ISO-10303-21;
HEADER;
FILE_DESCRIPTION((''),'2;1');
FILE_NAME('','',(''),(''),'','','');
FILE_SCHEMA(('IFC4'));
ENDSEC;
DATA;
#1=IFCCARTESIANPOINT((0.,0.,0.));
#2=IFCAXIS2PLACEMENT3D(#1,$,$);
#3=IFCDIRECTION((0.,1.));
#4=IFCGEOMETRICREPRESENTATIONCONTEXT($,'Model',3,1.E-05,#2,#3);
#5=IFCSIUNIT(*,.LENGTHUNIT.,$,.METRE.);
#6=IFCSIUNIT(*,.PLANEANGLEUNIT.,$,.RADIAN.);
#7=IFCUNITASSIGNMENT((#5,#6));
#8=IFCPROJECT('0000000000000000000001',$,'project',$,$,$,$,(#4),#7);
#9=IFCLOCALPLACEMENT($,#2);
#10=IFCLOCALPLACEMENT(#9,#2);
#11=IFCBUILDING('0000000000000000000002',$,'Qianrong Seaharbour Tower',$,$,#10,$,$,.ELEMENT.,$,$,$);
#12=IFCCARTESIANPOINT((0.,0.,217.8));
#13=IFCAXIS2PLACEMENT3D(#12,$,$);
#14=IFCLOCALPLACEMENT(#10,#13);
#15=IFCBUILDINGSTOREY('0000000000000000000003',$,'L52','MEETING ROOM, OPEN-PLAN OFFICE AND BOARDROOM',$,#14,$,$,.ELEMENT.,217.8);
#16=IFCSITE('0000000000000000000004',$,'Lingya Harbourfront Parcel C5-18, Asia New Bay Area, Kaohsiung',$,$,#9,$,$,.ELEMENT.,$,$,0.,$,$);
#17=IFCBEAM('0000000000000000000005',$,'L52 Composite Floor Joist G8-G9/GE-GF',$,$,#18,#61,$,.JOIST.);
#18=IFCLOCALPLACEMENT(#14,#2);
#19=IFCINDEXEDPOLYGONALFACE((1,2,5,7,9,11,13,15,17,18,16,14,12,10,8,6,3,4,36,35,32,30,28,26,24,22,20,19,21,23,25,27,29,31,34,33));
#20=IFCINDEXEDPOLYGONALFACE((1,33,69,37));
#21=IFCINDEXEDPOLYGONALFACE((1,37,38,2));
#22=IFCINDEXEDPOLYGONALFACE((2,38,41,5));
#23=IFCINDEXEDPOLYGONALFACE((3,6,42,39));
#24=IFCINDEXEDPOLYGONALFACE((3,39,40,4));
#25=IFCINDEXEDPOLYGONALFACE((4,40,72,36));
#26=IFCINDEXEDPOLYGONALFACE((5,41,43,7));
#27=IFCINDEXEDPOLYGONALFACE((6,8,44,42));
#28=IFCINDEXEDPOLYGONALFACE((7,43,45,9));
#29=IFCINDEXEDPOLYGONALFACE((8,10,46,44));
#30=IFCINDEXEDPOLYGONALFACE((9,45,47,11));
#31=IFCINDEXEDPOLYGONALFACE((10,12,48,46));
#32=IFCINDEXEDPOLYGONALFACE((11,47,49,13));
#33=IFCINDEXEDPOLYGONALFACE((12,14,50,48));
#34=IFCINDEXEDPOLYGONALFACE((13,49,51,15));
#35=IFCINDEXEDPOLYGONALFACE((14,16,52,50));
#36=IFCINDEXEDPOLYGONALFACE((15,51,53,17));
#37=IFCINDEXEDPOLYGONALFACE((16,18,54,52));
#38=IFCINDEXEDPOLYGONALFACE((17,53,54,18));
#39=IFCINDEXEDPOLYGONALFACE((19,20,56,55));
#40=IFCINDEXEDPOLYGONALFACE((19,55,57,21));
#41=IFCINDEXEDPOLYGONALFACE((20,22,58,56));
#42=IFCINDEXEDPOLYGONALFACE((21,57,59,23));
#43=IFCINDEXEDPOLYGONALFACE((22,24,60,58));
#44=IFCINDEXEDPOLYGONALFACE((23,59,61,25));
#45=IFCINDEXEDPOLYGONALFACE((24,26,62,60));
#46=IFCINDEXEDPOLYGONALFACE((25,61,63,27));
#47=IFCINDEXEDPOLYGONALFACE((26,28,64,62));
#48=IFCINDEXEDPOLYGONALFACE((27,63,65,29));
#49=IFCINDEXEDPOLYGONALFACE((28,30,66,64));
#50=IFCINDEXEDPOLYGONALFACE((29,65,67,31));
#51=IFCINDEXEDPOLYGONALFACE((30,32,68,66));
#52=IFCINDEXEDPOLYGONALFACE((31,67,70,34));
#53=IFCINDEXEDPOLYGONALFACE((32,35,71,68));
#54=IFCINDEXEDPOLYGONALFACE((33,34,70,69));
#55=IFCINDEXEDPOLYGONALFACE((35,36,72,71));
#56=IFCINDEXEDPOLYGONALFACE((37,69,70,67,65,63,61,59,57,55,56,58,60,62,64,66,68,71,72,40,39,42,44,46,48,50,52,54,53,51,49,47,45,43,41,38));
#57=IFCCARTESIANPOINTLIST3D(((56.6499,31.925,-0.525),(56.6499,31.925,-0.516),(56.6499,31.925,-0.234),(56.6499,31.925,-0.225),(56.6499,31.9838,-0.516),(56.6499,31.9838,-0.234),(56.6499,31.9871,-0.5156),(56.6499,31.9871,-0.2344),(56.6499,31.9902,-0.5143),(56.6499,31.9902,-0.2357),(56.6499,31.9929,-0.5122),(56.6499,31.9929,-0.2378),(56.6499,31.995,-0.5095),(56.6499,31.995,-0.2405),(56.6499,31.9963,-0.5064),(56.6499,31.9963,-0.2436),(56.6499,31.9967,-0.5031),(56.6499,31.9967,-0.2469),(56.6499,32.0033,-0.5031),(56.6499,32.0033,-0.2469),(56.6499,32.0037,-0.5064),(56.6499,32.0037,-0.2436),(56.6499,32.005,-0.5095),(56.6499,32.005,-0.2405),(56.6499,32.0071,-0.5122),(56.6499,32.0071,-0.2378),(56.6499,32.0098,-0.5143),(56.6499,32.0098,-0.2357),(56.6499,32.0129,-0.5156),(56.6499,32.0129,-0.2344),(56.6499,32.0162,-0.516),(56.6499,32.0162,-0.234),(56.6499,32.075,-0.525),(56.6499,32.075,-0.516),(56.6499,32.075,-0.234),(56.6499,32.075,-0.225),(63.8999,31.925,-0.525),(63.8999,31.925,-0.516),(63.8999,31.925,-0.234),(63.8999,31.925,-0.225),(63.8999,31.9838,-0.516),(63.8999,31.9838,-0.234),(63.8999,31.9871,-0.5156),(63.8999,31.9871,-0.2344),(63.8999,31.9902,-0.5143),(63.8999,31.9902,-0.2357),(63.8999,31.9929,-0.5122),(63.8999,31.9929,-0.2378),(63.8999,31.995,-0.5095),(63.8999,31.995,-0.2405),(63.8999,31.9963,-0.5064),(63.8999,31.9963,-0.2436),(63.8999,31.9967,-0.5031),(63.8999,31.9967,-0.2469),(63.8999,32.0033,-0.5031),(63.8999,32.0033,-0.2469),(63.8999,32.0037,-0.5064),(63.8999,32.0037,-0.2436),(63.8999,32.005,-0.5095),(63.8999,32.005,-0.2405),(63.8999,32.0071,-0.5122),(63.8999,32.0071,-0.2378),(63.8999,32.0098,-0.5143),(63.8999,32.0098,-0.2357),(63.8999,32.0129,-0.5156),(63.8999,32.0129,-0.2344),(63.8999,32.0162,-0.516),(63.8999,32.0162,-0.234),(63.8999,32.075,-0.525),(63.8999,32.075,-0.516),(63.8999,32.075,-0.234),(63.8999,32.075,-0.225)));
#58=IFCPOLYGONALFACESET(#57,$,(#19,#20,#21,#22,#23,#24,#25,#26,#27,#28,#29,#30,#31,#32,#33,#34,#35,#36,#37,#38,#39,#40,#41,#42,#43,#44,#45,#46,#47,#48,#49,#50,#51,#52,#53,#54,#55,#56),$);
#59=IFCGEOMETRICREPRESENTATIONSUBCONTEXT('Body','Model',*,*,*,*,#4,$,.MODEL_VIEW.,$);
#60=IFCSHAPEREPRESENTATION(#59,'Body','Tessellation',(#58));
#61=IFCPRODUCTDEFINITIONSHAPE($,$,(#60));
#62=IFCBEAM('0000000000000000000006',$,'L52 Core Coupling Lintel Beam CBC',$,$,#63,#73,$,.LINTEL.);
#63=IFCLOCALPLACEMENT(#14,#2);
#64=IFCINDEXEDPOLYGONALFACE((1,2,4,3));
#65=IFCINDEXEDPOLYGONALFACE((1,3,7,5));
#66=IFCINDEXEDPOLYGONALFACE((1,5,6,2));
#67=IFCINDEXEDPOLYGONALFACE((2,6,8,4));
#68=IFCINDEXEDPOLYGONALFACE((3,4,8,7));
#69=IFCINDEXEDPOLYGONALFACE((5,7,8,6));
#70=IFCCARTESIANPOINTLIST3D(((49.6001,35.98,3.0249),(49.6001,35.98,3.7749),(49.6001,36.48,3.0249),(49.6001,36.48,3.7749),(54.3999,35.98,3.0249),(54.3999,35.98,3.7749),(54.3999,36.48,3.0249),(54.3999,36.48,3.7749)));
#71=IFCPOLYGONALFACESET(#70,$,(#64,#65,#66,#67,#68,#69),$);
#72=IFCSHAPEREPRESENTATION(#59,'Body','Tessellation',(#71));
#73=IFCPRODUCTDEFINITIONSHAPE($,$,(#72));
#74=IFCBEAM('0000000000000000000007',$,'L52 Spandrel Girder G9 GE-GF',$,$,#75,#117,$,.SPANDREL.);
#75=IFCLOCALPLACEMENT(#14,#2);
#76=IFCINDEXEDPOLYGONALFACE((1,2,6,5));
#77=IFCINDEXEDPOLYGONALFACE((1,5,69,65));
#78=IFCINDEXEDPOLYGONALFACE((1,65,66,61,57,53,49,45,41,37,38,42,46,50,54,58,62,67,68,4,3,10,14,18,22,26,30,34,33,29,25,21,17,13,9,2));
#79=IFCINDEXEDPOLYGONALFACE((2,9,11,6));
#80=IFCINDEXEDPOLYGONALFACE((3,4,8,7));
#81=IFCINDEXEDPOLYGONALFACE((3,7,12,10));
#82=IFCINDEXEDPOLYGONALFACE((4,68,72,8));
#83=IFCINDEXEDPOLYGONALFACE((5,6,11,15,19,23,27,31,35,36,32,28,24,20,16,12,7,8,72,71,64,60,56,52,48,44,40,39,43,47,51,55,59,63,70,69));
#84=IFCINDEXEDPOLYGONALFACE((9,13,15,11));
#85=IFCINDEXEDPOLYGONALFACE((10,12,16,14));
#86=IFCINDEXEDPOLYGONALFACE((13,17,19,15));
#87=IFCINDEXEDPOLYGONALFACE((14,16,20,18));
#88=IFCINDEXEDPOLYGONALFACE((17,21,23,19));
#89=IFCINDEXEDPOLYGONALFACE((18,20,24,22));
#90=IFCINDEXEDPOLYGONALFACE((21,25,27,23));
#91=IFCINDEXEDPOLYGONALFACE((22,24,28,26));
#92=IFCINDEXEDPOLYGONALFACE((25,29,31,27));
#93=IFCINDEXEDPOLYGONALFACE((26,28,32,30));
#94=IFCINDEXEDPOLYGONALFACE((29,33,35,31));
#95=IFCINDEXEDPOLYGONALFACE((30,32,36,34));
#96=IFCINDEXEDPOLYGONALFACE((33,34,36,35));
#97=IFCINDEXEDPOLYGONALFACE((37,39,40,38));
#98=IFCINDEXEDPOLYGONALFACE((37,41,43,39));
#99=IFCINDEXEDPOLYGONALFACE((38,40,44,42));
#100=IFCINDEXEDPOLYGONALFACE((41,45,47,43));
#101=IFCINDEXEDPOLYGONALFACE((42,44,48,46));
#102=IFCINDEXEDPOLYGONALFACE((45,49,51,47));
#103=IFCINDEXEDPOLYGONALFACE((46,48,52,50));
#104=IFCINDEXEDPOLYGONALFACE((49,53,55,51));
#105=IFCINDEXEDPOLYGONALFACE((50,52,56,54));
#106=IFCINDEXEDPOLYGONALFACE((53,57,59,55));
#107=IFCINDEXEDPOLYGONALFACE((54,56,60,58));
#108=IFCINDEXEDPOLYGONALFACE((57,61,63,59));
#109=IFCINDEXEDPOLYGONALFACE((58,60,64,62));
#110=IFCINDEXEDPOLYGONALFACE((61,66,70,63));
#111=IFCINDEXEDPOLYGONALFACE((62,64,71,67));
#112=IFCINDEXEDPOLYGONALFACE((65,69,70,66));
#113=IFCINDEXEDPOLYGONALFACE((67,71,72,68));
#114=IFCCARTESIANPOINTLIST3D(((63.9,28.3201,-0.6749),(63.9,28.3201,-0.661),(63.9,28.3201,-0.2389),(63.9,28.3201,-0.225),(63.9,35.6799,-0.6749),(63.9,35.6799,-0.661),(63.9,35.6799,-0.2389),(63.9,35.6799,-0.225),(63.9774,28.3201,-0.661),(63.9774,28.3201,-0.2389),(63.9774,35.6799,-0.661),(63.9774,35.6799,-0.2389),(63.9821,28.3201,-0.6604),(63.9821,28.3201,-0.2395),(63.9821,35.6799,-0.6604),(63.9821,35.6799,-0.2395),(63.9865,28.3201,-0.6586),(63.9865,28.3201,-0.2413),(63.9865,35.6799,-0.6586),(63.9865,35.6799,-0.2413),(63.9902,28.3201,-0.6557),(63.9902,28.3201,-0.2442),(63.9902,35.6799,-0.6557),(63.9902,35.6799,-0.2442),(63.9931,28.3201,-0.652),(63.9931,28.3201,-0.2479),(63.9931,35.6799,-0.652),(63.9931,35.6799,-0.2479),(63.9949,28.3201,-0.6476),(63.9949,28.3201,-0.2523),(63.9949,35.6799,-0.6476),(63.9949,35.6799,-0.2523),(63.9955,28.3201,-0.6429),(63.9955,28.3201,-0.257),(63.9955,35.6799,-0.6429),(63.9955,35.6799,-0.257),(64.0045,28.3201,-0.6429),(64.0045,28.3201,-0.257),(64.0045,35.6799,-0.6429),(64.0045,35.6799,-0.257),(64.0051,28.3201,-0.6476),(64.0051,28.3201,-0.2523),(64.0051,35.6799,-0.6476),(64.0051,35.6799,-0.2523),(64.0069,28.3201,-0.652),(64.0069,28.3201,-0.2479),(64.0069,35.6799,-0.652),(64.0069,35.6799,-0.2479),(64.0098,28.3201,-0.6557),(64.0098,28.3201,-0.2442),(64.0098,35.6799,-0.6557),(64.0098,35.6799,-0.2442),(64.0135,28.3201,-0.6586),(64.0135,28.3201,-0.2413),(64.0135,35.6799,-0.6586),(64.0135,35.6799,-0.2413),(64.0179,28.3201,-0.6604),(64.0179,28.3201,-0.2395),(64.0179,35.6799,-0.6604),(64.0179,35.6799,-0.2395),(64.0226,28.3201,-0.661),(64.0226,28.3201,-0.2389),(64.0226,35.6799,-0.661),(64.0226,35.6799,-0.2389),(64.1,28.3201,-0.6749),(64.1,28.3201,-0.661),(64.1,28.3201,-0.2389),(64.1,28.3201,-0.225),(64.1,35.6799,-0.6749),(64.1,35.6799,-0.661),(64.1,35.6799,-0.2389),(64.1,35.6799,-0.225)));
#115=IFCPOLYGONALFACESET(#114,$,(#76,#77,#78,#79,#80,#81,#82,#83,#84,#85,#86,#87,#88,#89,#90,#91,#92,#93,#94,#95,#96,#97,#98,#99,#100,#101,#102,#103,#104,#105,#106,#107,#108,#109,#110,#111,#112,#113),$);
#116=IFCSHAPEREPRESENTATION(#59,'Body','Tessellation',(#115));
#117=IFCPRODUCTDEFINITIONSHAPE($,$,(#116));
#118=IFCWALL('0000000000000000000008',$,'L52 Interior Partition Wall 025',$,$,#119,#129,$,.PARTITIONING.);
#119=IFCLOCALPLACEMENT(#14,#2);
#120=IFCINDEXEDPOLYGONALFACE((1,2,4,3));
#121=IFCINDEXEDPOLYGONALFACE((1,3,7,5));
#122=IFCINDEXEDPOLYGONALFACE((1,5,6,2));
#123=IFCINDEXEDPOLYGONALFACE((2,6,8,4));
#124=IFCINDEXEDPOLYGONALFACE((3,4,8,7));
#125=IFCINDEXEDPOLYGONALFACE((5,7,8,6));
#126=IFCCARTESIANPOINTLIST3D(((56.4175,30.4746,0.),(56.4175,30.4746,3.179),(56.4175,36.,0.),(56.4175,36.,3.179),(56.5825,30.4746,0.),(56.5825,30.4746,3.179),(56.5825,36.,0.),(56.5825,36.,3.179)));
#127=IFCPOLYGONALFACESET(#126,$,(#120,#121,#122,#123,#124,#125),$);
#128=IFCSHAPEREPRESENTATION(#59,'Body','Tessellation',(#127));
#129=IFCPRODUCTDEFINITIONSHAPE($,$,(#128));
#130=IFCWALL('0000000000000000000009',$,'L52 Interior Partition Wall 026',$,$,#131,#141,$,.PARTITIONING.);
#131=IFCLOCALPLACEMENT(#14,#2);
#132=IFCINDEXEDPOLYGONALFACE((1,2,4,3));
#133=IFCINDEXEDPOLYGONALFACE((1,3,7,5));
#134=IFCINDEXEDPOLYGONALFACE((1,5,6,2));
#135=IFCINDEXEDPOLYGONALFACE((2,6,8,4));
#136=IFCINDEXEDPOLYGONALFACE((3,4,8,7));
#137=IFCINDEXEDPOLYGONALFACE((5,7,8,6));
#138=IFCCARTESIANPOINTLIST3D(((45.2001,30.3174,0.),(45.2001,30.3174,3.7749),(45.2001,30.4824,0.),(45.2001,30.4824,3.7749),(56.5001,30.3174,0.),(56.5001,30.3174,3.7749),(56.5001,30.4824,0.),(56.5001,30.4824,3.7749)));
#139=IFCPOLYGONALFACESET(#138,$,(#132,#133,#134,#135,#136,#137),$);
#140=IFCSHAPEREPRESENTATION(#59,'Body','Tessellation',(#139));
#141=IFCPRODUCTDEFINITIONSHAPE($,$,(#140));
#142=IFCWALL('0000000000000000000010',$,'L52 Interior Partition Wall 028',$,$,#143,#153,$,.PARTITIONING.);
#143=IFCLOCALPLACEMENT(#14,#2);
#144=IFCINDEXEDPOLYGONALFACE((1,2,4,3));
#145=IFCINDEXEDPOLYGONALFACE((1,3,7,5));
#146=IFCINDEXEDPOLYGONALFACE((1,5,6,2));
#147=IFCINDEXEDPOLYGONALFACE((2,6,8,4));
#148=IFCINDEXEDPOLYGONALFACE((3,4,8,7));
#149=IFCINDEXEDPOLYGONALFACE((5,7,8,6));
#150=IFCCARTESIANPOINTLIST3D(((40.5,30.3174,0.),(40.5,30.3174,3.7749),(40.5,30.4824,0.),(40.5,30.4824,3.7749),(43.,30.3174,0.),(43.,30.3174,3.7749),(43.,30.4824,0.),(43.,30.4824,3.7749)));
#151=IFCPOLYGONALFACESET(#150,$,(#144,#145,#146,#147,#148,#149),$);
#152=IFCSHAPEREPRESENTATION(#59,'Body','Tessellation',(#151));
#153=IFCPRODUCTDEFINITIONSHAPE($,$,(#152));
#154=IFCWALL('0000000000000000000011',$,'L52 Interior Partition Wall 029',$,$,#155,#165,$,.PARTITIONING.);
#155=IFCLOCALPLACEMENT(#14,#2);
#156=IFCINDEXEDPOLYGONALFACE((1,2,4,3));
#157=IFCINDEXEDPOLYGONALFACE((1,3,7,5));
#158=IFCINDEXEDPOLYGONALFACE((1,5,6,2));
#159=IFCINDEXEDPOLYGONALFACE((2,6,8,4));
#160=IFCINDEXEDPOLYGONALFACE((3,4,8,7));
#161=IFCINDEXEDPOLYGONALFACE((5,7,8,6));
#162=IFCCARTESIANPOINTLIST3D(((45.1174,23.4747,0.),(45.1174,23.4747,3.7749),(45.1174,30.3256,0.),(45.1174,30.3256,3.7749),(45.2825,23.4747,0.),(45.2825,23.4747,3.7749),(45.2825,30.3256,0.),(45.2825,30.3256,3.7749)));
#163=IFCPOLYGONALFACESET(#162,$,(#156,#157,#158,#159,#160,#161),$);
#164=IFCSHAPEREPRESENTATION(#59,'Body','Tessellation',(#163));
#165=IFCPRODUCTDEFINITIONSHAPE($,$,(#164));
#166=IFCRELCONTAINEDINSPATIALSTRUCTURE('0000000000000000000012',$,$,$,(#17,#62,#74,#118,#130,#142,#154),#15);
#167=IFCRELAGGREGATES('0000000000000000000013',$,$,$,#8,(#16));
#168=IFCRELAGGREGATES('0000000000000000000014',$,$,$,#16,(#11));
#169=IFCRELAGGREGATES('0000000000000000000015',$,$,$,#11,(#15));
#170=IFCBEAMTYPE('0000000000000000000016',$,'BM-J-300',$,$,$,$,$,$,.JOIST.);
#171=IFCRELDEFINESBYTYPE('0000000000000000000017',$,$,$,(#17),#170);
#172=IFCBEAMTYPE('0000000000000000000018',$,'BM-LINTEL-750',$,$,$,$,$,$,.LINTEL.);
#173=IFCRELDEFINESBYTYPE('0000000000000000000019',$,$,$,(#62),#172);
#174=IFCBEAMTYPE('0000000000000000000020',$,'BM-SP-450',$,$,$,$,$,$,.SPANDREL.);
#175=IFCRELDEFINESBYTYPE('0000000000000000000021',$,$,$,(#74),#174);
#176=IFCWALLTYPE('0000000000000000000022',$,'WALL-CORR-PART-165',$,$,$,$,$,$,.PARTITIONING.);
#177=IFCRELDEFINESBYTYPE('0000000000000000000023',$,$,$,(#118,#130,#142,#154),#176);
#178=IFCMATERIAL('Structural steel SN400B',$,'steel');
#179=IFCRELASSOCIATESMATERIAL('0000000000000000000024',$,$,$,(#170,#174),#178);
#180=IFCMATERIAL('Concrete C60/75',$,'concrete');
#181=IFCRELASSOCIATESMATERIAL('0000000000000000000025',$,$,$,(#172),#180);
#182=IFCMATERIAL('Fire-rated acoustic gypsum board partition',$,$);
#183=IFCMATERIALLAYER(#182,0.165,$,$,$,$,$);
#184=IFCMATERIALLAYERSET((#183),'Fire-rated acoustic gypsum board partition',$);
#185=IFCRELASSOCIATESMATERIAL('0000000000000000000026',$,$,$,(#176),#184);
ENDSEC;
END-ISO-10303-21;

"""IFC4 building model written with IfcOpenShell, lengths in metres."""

from ifc_helpers import new_model, si_unit, direction, frame, frame_2d, origin, origin_2d, place, context, subcontext, project, spatial, rectangle, i_section, extrude, material, layer, layer_set, material_profile, profile_set, type_object, element, save


model = new_model("IFC4")

# Units and contexts
model_context = context("Model", 3, precision=1e-05, world=origin(), true_north=direction((0.0, 1.0)))
body_context = subcontext(model_context, "Body", "Model", "MODEL_VIEW")
ifc_project = project(units=[si_unit("LENGTHUNIT", "METRE"), si_unit("PLANEANGLEUNIT", "RADIAN")], contexts=[model_context])

# Site, building, storey
site_placement = place(None, origin())
site = spatial("IfcSite", under=ifc_project, at=site_placement, Name="Lingya Harbourfront Parcel C5-18, Asia New Bay Area, Kaohsiung", CompositionType="ELEMENT", RefElevation=0.0)
building_placement = place(site_placement, origin())
building = spatial("IfcBuilding", under=site, at=building_placement, Name="Qianrong Seaharbour Tower", CompositionType="ELEMENT")
storey_placement = place(building_placement, frame((0.0, 0.0, 217.8)))
storey = spatial("IfcBuildingStorey", under=building, at=storey_placement, Name="L52", Description="MEETING ROOM, OPEN-PLAN OFFICE AND BOARDROOM", CompositionType="ELEMENT", Elevation=217.8)

# Beams
ifc_material_1 = material(Name="Structural steel SN400B", Category="steel")
ifc_material_profile_1 = material_profile(ifc_material_1, i_section(OverallWidth=0.1499, OverallDepth=0.3, WebThickness=0.0066, FlangeThickness=0.009, FilletRadius=0.0129, at=origin_2d()), Name="H300x150x6.5x9")
ifc_profile_set_1 = profile_set([ifc_material_profile_1], Name="Structural steel SN400B")
beam_type_1 = type_object("IfcBeamType", Name="BM-J-300", PredefinedType="JOIST", material=ifc_profile_set_1)
for number, where, z_axis, x_axis, name in (
    (1, (56.6499, 32.0, -0.375), (1.0, 0.0, 0.0), (0.0, 1.0, 0.0), "L52 Composite Floor Joist G8-G9/GE-GF"),
):
    element("IfcBeam", number, at=place(storey_placement, frame(where, z_axis=z_axis, x_axis=x_axis)), inside=storey, type_object=beam_type_1, Name=name, PredefinedType="JOIST", context=body_context, shape_type="SweptSolid", body=[
        extrude(i_section(OverallWidth=0.1499, OverallDepth=0.3, WebThickness=0.0066, FlangeThickness=0.009, FilletRadius=0.0129, at=origin_2d()), origin(), (0.0, 0.0, 1.0), 7.25),
    ])
ifc_material_2 = material(Name="Concrete C60/75", Category="concrete")
ifc_material_profile_2 = material_profile(ifc_material_2, rectangle(XDim=0.5, YDim=0.75, at=origin_2d()), Name="RC500x750")
ifc_profile_set_2 = profile_set([ifc_material_profile_2], Name="Concrete C60/75")
beam_type_2 = type_object("IfcBeamType", Name="BM-LINTEL-750", PredefinedType="LINTEL", material=ifc_profile_set_2)
beam_1_placement = place(storey_placement, frame((49.6001, 36.23, 3.3999), z_axis=(1.0, 0.0, 0.0), x_axis=(0.0, 1.0, 0.0)))
element("IfcBeam", 2, at=beam_1_placement, inside=storey, type_object=beam_type_2, Name="L52 Core Coupling Lintel Beam CBC", PredefinedType="LINTEL", context=body_context, shape_type="SweptSolid", body=[
    extrude(rectangle(XDim=0.5, YDim=0.75, at=origin_2d()), origin(), (0.0, 0.0, 1.0), 4.7998),
])
ifc_material_profile_3 = material_profile(ifc_material_1, i_section(OverallWidth=0.2, OverallDepth=0.45, WebThickness=0.009, FlangeThickness=0.0139, FilletRadius=0.0181, at=origin_2d()), Name="H450x200x9x14")
ifc_profile_set_3 = profile_set([ifc_material_profile_3], Name="Structural steel SN400B")
beam_type_3 = type_object("IfcBeamType", Name="BM-SP-450", PredefinedType="SPANDREL", material=ifc_profile_set_3)
beam_2_placement = place(storey_placement, frame((64.0, 28.3201, -0.45), z_axis=(0.0, 1.0, 0.0), x_axis=(-1.0, 0.0, 0.0)))
element("IfcBeam", 3, at=beam_2_placement, inside=storey, type_object=beam_type_3, Name="L52 Spandrel Girder G9 GE-GF", PredefinedType="SPANDREL", context=body_context, shape_type="SweptSolid", body=[
    extrude(i_section(OverallWidth=0.2, OverallDepth=0.45, WebThickness=0.009, FlangeThickness=0.0139, FilletRadius=0.0181, at=origin_2d()), origin(), (0.0, 0.0, 1.0), 7.3599),
])

# Walls
ifc_material_3 = material(Name="Fire-rated acoustic gypsum board partition")
ifc_layer_1 = layer(ifc_material_3, 0.165)
ifc_layer_set_1 = layer_set([ifc_layer_1], Name="Fire-rated acoustic gypsum board partition")
wall_type_1 = type_object("IfcWallType", Name="WALL-CORR-PART-165", PredefinedType="PARTITIONING", material=ifc_layer_set_1)
wall_1_placement = place(storey_placement, frame((56.5, 36.0, 0.0), z_axis=(0.0, 0.0, 1.0), x_axis=(0.0, -1.0, 0.0)))
element("IfcWall", 4, at=wall_1_placement, inside=storey, type_object=wall_type_1, Name="L52 Interior Partition Wall 025", PredefinedType="PARTITIONING", context=body_context, shape_type="SweptSolid", body=[
    extrude(rectangle(XDim=5.5254, YDim=0.165, at=frame_2d((2.7627, 0.0))), origin(), (0.0, 0.0, 1.0), 3.179),
])
wall_2_placement = place(storey_placement, frame((56.5, 30.3999, 0.0), z_axis=(0.0, 0.0, 1.0), x_axis=(-1.0, 0.0, 0.0)))
element("IfcWall", 5, at=wall_2_placement, inside=storey, type_object=wall_type_1, Name="L52 Interior Partition Wall 026", PredefinedType="PARTITIONING", context=body_context, shape_type="SweptSolid", body=[
    extrude(rectangle(XDim=11.3, YDim=0.165, at=frame_2d((5.6499, 0.0))), origin(), (0.0, 0.0, 1.0), 3.7749),
])
wall_3_placement = place(storey_placement, frame((43.0, 30.3999, 0.0), z_axis=(0.0, 0.0, 1.0), x_axis=(-1.0, 0.0, 0.0)))
element("IfcWall", 6, at=wall_3_placement, inside=storey, type_object=wall_type_1, Name="L52 Interior Partition Wall 028", PredefinedType="PARTITIONING", context=body_context, shape_type="SweptSolid", body=[
    extrude(rectangle(XDim=2.5, YDim=0.165, at=frame_2d((1.25, 0.0))), origin(), (0.0, 0.0, 1.0), 3.7749),
])
wall_4_placement = place(storey_placement, frame((45.2, 30.3254, 0.0), z_axis=(0.0, 0.0, 1.0), x_axis=(0.0, -1.0, 0.0)))
element("IfcWall", 7, at=wall_4_placement, inside=storey, type_object=wall_type_1, Name="L52 Interior Partition Wall 029", PredefinedType="PARTITIONING", context=body_context, shape_type="SweptSolid", body=[
    extrude(rectangle(XDim=6.8508, YDim=0.165, at=frame_2d((3.4253, 0.0))), origin(), (0.0, 0.0, 1.0), 3.7749),
])

save(model, "model.ifc")
